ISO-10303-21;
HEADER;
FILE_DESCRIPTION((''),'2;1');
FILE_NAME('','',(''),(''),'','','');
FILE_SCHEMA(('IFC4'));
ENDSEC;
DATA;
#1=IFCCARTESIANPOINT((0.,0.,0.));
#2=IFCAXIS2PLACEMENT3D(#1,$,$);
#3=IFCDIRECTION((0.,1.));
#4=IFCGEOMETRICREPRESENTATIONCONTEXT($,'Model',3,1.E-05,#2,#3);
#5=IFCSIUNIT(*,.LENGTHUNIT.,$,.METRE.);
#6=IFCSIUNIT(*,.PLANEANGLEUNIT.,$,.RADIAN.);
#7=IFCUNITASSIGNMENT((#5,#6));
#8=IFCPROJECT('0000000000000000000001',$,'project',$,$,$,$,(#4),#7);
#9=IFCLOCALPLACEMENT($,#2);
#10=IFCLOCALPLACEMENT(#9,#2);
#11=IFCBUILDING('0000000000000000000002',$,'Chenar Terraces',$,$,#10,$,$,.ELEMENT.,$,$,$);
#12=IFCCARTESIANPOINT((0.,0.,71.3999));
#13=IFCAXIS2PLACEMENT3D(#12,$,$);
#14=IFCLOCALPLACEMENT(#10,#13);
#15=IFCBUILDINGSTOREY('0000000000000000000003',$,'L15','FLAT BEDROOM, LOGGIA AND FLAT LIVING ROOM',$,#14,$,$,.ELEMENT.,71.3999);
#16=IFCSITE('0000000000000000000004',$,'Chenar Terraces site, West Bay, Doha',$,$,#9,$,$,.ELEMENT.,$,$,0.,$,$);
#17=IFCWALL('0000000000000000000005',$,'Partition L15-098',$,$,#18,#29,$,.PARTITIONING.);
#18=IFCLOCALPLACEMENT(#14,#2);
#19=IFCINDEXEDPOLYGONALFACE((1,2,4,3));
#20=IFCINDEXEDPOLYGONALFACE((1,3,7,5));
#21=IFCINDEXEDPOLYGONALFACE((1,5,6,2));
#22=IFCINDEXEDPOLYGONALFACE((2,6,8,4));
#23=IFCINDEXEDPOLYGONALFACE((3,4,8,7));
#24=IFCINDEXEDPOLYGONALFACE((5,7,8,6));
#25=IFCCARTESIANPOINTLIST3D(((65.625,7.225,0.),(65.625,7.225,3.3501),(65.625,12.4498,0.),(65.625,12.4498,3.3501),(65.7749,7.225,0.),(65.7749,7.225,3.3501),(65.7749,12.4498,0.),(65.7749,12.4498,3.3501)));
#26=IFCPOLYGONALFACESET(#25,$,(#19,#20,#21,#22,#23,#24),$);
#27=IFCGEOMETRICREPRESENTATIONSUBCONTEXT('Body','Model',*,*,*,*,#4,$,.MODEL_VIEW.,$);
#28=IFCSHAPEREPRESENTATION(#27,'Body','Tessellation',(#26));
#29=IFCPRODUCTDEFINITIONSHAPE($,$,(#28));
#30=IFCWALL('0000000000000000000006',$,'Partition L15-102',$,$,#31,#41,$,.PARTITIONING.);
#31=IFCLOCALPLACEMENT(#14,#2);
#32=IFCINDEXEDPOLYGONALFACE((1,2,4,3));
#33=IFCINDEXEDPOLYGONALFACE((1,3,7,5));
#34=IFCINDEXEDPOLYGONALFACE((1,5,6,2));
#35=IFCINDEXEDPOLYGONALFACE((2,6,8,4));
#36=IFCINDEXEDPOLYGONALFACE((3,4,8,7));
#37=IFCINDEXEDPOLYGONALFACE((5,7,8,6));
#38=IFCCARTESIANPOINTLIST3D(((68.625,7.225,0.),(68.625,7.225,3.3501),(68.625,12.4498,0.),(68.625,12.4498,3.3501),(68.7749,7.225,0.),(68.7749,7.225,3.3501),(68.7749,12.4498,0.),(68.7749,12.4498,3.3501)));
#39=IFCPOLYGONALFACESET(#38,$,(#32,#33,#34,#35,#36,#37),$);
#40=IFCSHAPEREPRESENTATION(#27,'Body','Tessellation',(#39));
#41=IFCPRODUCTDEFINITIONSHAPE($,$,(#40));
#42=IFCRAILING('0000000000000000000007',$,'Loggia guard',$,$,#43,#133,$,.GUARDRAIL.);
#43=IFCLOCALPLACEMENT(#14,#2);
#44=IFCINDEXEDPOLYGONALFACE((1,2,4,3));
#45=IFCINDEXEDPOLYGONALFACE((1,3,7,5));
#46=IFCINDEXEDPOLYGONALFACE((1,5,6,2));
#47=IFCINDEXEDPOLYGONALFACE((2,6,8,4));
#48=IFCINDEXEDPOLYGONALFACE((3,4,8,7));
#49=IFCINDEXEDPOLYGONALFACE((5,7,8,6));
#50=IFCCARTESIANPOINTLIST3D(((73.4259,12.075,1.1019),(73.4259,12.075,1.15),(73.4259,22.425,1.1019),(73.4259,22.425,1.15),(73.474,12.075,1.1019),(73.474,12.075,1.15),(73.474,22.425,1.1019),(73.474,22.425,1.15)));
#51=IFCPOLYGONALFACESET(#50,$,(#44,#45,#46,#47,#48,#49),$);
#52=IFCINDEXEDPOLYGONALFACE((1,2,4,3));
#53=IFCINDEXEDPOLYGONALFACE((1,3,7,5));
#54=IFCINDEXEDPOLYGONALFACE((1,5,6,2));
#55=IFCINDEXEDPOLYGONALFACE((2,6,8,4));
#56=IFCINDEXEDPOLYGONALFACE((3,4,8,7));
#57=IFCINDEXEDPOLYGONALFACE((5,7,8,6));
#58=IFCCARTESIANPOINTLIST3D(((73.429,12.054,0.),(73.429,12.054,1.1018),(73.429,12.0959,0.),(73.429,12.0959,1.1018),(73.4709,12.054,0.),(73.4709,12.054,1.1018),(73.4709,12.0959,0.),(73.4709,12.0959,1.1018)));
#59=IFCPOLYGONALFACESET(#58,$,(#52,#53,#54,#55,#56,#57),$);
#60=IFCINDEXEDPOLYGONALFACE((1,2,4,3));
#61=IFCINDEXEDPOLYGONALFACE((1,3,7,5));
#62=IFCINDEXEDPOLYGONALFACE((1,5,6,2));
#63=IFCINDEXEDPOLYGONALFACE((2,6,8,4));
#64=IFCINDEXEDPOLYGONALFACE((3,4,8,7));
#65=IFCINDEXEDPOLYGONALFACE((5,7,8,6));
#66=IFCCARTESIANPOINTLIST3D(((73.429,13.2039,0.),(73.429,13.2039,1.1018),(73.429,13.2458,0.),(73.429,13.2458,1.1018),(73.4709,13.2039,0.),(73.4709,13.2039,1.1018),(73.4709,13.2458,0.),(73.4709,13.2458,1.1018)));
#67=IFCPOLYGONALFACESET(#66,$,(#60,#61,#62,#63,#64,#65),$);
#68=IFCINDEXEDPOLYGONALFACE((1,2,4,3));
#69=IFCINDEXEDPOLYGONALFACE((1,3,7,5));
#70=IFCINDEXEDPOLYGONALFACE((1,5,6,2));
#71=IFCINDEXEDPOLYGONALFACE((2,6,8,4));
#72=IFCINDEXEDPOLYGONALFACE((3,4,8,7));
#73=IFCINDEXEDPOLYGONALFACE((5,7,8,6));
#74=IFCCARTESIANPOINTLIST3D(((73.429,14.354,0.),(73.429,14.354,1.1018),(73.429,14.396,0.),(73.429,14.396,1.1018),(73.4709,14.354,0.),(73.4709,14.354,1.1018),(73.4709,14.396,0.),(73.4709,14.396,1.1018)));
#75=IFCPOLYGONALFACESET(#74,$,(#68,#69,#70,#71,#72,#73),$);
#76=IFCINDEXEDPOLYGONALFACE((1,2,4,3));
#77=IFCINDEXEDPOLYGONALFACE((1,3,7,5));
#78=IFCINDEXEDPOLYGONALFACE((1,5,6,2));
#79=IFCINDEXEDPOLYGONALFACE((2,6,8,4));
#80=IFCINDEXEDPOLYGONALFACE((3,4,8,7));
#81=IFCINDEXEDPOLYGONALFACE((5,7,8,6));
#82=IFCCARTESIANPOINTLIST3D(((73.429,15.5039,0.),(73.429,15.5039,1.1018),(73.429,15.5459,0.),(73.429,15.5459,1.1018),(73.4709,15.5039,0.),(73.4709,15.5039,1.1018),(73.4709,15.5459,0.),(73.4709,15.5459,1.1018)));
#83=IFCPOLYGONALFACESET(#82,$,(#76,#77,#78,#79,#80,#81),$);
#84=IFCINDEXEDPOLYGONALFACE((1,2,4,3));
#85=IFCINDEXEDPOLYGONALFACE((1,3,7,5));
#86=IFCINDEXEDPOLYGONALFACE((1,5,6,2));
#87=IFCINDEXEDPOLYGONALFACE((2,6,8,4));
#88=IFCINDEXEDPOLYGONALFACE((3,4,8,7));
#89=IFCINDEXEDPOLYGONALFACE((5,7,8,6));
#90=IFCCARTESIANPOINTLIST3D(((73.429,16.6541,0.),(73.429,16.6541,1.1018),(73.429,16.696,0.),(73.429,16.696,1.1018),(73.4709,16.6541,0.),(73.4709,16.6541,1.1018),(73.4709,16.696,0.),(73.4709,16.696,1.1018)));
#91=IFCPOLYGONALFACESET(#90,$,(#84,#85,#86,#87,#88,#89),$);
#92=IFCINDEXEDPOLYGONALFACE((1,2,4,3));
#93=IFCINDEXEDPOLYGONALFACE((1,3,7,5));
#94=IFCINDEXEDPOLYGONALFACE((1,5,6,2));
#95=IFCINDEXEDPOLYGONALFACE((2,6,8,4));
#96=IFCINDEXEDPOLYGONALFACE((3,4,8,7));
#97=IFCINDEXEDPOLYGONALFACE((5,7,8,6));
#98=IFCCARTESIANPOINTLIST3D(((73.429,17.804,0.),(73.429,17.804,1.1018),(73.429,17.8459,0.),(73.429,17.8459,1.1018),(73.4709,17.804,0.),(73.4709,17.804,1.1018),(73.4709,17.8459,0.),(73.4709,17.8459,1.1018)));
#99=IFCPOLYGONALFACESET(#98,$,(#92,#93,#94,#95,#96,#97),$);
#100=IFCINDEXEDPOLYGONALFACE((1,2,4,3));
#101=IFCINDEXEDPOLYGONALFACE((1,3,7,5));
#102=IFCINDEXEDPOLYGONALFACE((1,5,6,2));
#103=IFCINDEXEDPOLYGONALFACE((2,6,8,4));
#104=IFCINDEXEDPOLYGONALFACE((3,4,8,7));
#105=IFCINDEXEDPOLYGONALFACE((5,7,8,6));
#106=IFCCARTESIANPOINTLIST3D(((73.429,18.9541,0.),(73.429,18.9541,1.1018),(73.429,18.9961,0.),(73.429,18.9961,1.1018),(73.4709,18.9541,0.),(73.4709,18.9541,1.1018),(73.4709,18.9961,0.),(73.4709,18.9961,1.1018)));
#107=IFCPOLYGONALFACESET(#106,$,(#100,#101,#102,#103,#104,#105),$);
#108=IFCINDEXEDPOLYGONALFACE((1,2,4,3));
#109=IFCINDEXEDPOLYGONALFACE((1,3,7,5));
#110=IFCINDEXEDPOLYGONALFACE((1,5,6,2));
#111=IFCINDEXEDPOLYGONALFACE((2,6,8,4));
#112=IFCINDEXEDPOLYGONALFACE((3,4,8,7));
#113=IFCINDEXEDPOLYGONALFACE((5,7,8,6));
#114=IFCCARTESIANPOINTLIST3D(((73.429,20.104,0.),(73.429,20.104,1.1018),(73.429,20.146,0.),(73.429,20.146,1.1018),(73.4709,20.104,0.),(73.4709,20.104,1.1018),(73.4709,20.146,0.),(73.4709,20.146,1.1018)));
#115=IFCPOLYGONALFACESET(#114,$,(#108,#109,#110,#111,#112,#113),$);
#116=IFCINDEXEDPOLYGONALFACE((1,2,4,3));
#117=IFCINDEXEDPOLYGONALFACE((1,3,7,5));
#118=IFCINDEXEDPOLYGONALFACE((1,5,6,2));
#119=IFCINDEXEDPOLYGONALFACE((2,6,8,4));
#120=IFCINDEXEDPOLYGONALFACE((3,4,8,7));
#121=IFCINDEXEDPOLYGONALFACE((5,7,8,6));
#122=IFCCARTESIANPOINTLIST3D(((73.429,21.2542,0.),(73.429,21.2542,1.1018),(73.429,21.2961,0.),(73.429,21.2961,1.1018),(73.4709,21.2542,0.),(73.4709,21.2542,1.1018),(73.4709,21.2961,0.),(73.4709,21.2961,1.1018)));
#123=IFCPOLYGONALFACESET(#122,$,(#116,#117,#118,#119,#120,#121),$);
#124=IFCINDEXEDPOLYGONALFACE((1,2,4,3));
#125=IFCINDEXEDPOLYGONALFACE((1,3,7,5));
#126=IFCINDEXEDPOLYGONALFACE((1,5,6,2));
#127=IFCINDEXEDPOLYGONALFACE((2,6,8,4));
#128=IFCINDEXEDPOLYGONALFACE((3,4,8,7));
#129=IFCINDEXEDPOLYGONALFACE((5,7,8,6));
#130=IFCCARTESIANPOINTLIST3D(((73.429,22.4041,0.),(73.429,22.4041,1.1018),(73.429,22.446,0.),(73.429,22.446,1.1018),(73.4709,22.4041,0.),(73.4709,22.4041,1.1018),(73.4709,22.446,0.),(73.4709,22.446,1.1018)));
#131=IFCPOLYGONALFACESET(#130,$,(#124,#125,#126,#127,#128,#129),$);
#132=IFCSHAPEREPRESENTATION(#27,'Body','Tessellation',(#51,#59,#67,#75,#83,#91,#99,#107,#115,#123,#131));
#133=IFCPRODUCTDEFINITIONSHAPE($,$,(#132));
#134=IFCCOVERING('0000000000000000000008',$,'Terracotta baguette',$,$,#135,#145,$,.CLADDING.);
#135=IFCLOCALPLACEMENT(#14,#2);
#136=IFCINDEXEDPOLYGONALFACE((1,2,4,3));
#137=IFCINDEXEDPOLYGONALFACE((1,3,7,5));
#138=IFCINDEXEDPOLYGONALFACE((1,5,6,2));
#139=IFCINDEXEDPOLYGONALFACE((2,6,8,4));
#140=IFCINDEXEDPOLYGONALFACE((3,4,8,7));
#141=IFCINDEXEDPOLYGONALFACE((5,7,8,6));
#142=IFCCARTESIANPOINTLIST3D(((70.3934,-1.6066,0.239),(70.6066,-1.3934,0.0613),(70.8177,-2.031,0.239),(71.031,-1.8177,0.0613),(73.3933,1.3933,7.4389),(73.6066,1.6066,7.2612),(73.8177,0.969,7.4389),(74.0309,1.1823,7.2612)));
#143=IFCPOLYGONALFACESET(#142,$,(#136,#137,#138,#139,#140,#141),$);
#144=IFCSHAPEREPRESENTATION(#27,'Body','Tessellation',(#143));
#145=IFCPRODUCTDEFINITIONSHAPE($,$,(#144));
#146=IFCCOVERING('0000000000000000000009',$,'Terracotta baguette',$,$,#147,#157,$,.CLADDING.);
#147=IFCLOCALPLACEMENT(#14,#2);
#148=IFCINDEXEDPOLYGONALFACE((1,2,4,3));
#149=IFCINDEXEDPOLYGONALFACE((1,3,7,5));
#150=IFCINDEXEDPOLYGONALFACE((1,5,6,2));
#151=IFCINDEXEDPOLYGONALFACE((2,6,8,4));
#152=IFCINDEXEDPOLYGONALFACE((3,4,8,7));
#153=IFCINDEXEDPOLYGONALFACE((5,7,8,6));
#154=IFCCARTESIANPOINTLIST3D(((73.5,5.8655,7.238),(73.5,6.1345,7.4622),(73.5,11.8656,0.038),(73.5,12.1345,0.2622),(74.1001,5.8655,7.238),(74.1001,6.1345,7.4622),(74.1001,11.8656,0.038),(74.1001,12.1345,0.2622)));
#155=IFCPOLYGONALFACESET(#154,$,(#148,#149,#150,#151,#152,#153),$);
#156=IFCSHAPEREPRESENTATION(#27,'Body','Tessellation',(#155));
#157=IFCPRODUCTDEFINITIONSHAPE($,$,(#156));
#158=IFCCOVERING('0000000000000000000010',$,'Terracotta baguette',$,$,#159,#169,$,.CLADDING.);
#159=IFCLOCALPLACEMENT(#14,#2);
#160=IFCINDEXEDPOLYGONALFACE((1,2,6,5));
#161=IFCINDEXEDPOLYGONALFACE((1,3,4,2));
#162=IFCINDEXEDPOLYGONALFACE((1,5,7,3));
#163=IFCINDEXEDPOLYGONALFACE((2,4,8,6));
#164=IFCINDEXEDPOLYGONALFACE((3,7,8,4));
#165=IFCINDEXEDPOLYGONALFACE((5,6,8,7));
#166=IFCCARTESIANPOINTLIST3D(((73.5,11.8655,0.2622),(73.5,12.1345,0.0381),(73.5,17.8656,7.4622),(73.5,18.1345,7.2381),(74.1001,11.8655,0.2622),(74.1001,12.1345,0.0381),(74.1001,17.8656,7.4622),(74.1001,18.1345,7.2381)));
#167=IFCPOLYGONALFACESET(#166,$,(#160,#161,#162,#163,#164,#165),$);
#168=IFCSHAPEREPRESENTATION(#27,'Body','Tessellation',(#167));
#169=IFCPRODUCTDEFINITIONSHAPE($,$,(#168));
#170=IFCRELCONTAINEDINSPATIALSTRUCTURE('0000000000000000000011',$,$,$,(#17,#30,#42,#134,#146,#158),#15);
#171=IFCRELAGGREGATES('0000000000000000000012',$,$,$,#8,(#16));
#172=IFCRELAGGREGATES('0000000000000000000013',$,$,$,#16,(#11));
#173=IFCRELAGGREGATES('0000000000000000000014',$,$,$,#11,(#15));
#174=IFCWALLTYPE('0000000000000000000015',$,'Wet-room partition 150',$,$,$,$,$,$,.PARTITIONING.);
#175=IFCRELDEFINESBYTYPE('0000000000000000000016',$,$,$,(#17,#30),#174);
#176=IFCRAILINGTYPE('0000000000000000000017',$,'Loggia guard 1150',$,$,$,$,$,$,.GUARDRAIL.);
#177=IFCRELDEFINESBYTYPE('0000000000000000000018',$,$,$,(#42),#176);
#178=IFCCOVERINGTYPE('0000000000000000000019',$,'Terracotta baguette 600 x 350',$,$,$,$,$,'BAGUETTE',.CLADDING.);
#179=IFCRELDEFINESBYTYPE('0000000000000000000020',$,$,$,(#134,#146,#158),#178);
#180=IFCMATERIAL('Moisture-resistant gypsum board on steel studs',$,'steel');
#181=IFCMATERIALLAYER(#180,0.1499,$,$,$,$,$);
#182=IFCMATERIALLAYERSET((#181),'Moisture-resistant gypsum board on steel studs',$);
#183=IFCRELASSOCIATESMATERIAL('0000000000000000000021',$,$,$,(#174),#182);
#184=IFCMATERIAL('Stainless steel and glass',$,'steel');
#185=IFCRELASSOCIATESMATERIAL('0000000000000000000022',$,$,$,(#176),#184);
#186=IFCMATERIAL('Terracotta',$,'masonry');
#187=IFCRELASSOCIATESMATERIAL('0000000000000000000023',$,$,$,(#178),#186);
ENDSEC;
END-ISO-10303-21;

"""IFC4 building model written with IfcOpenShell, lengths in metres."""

from ifc_helpers import new_model, si_unit, direction, frame, frame_2d, origin, origin_2d, place, context, subcontext, project, spatial, rectangle, extrude, material, layer, layer_set, material_profile, profile_set, type_object, element, save


model = new_model("IFC4")

# Units and contexts
model_context = context("Model", 3, precision=1e-05, world=origin(), true_north=direction((0.0, 1.0)))
body_context = subcontext(model_context, "Body", "Model", "MODEL_VIEW")
ifc_project = project(units=[si_unit("LENGTHUNIT", "METRE"), si_unit("PLANEANGLEUNIT", "RADIAN")], contexts=[model_context])

# Site, building, storey
site_placement = place(None, origin())
site = spatial("IfcSite", under=ifc_project, at=site_placement, Name="Chenar Terraces site, West Bay, Doha", CompositionType="ELEMENT", RefElevation=0.0)
building_placement = place(site_placement, origin())
building = spatial("IfcBuilding", under=site, at=building_placement, Name="Chenar Terraces", CompositionType="ELEMENT")
storey_placement = place(building_placement, frame((0.0, 0.0, 71.3999)))
storey = spatial("IfcBuildingStorey", under=building, at=storey_placement, Name="L15", Description="FLAT BEDROOM, LOGGIA AND FLAT LIVING ROOM", CompositionType="ELEMENT", Elevation=71.3999)

# Shared definitions
ifc_material_1 = material(Name="Moisture-resistant gypsum board on steel studs", Category="steel")
ifc_layer_1 = layer(ifc_material_1, 0.1499)
ifc_layer_set_1 = layer_set([ifc_layer_1], Name="Moisture-resistant gypsum board on steel studs")
wall_type_1 = type_object("IfcWallType", Name="Wet-room partition 150", PredefinedType="PARTITIONING", material=ifc_layer_set_1)

# Walls
for number, where, z_axis, x_axis, name in (
    (1, (65.7, 7.2251, 0.0), (0.0, 0.0, 1.0), (0.0, 1.0, 0.0), "Partition L15-098"),
    (2, (68.7, 7.2251, 0.0), (0.0, 0.0, 1.0), (0.0, 1.0, 0.0), "Partition L15-102"),
):
    element("IfcWall", number, at=place(storey_placement, frame(where, z_axis=z_axis, x_axis=x_axis)), inside=storey, type_object=wall_type_1, Name=name, PredefinedType="PARTITIONING", context=body_context, shape_type="SweptSolid", body=[
        extrude(rectangle(XDim=5.2249, YDim=0.1499, at=frame_2d((2.6123, 0.0))), origin(), (0.0, 0.0, 1.0), 3.3501),
    ])

# Railing
ifc_material_2 = material(Name="Stainless steel and glass", Category="steel")
railing_type = type_object("IfcRailingType", Name="Loggia guard 1150", PredefinedType="GUARDRAIL", material=ifc_material_2)
railing_placement = place(storey_placement, frame((73.45, 12.075, 0.0)))
element("IfcRailing", 3, at=railing_placement, inside=storey, type_object=railing_type, Name="Loggia guard", PredefinedType="GUARDRAIL", context=body_context, shape_type="SweptSolid", body=[
    extrude(rectangle(XDim=0.0481, YDim=0.0481, at=origin_2d()), frame((0.0, 0.0, 1.126), z_axis=(0.0, 1.0, 0.0), x_axis=(-1.0, 0.0, 0.0)), (0.0, 0.0, 1.0), 10.3501),
    extrude(rectangle(XDim=0.042, YDim=0.042, at=origin_2d()), origin(), (0.0, 0.0, 1.0), 1.1018),
    extrude(rectangle(XDim=0.042, YDim=0.042, at=origin_2d()), frame((0.0, 1.1499, 0.0)), (0.0, 0.0, 1.0), 1.1018),
    extrude(rectangle(XDim=0.042, YDim=0.042, at=origin_2d()), frame((0.0, 2.3, 0.0)), (0.0, 0.0, 1.0), 1.1018),
    extrude(rectangle(XDim=0.042, YDim=0.042, at=origin_2d()), frame((0.0, 3.45, 0.0)), (0.0, 0.0, 1.0), 1.1018),
    extrude(rectangle(XDim=0.042, YDim=0.042, at=origin_2d()), frame((0.0, 4.6001, 0.0)), (0.0, 0.0, 1.0), 1.1018),
    extrude(rectangle(XDim=0.042, YDim=0.042, at=origin_2d()), frame((0.0, 5.75, 0.0)), (0.0, 0.0, 1.0), 1.1018),
    extrude(rectangle(XDim=0.042, YDim=0.042, at=origin_2d()), frame((0.0, 6.9001, 0.0)), (0.0, 0.0, 1.0), 1.1018),
    extrude(rectangle(XDim=0.042, YDim=0.042, at=origin_2d()), frame((0.0, 8.05, 0.0)), (0.0, 0.0, 1.0), 1.1018),
    extrude(rectangle(XDim=0.042, YDim=0.042, at=origin_2d()), frame((0.0, 9.2002, 0.0)), (0.0, 0.0, 1.0), 1.1018),
    extrude(rectangle(XDim=0.042, YDim=0.042, at=origin_2d()), frame((0.0, 10.3501, 0.0)), (0.0, 0.0, 1.0), 1.1018),
])

# Coverings
ifc_material_3 = material(Name="Terracotta", Category="masonry")
ifc_material_profile_1 = material_profile(ifc_material_3, rectangle(XDim=0.6001, YDim=0.3501, at=origin_2d()), Name="Terracotta baguette 600 x 350")
ifc_profile_set_1 = profile_set([ifc_material_profile_1], Name="Terracotta")
covering_type = type_object("IfcCoveringType", Name="Terracotta baguette 600 x 350", ElementType="BAGUETTE", PredefinedType="CLADDING", material=ifc_profile_set_1)
covering_placement = place(storey_placement, frame((70.7122, -1.7122, 0.1501), z_axis=(0.358981, 0.358981, 0.861548), x_axis=(-0.707107, 0.707107, 0.0)))
element("IfcCovering", 4, at=covering_placement, inside=storey, type_object=covering_type, Name="Terracotta baguette", PredefinedType="CLADDING", context=body_context, shape_type="SweptSolid", body=[
    extrude(rectangle(XDim=0.6001, YDim=0.3501, at=origin_2d()), origin(), (0.0, 0.0, 1.0), 8.3569),
])
for number, where, z_axis, x_axis, name in (
    (5, (73.8, 6.0, 7.3501), (0.0, 0.640187, -0.768219), (-1.0, 0.0, 0.0), "Terracotta baguette"),
    (6, (73.8, 12.0, 0.1501), (0.0, 0.640187, 0.768219), (-1.0, 0.0, 0.0), "Terracotta baguette"),
):
    element("IfcCovering", number, at=place(storey_placement, frame(where, z_axis=z_axis, x_axis=x_axis)), inside=storey, type_object=covering_type, Name=name, PredefinedType="CLADDING", context=body_context, shape_type="SweptSolid", body=[
        extrude(rectangle(XDim=0.6001, YDim=0.3501, at=origin_2d()), origin(), (0.0, 0.0, 1.0), 9.3723),
    ])

save(model, "model.ifc")
